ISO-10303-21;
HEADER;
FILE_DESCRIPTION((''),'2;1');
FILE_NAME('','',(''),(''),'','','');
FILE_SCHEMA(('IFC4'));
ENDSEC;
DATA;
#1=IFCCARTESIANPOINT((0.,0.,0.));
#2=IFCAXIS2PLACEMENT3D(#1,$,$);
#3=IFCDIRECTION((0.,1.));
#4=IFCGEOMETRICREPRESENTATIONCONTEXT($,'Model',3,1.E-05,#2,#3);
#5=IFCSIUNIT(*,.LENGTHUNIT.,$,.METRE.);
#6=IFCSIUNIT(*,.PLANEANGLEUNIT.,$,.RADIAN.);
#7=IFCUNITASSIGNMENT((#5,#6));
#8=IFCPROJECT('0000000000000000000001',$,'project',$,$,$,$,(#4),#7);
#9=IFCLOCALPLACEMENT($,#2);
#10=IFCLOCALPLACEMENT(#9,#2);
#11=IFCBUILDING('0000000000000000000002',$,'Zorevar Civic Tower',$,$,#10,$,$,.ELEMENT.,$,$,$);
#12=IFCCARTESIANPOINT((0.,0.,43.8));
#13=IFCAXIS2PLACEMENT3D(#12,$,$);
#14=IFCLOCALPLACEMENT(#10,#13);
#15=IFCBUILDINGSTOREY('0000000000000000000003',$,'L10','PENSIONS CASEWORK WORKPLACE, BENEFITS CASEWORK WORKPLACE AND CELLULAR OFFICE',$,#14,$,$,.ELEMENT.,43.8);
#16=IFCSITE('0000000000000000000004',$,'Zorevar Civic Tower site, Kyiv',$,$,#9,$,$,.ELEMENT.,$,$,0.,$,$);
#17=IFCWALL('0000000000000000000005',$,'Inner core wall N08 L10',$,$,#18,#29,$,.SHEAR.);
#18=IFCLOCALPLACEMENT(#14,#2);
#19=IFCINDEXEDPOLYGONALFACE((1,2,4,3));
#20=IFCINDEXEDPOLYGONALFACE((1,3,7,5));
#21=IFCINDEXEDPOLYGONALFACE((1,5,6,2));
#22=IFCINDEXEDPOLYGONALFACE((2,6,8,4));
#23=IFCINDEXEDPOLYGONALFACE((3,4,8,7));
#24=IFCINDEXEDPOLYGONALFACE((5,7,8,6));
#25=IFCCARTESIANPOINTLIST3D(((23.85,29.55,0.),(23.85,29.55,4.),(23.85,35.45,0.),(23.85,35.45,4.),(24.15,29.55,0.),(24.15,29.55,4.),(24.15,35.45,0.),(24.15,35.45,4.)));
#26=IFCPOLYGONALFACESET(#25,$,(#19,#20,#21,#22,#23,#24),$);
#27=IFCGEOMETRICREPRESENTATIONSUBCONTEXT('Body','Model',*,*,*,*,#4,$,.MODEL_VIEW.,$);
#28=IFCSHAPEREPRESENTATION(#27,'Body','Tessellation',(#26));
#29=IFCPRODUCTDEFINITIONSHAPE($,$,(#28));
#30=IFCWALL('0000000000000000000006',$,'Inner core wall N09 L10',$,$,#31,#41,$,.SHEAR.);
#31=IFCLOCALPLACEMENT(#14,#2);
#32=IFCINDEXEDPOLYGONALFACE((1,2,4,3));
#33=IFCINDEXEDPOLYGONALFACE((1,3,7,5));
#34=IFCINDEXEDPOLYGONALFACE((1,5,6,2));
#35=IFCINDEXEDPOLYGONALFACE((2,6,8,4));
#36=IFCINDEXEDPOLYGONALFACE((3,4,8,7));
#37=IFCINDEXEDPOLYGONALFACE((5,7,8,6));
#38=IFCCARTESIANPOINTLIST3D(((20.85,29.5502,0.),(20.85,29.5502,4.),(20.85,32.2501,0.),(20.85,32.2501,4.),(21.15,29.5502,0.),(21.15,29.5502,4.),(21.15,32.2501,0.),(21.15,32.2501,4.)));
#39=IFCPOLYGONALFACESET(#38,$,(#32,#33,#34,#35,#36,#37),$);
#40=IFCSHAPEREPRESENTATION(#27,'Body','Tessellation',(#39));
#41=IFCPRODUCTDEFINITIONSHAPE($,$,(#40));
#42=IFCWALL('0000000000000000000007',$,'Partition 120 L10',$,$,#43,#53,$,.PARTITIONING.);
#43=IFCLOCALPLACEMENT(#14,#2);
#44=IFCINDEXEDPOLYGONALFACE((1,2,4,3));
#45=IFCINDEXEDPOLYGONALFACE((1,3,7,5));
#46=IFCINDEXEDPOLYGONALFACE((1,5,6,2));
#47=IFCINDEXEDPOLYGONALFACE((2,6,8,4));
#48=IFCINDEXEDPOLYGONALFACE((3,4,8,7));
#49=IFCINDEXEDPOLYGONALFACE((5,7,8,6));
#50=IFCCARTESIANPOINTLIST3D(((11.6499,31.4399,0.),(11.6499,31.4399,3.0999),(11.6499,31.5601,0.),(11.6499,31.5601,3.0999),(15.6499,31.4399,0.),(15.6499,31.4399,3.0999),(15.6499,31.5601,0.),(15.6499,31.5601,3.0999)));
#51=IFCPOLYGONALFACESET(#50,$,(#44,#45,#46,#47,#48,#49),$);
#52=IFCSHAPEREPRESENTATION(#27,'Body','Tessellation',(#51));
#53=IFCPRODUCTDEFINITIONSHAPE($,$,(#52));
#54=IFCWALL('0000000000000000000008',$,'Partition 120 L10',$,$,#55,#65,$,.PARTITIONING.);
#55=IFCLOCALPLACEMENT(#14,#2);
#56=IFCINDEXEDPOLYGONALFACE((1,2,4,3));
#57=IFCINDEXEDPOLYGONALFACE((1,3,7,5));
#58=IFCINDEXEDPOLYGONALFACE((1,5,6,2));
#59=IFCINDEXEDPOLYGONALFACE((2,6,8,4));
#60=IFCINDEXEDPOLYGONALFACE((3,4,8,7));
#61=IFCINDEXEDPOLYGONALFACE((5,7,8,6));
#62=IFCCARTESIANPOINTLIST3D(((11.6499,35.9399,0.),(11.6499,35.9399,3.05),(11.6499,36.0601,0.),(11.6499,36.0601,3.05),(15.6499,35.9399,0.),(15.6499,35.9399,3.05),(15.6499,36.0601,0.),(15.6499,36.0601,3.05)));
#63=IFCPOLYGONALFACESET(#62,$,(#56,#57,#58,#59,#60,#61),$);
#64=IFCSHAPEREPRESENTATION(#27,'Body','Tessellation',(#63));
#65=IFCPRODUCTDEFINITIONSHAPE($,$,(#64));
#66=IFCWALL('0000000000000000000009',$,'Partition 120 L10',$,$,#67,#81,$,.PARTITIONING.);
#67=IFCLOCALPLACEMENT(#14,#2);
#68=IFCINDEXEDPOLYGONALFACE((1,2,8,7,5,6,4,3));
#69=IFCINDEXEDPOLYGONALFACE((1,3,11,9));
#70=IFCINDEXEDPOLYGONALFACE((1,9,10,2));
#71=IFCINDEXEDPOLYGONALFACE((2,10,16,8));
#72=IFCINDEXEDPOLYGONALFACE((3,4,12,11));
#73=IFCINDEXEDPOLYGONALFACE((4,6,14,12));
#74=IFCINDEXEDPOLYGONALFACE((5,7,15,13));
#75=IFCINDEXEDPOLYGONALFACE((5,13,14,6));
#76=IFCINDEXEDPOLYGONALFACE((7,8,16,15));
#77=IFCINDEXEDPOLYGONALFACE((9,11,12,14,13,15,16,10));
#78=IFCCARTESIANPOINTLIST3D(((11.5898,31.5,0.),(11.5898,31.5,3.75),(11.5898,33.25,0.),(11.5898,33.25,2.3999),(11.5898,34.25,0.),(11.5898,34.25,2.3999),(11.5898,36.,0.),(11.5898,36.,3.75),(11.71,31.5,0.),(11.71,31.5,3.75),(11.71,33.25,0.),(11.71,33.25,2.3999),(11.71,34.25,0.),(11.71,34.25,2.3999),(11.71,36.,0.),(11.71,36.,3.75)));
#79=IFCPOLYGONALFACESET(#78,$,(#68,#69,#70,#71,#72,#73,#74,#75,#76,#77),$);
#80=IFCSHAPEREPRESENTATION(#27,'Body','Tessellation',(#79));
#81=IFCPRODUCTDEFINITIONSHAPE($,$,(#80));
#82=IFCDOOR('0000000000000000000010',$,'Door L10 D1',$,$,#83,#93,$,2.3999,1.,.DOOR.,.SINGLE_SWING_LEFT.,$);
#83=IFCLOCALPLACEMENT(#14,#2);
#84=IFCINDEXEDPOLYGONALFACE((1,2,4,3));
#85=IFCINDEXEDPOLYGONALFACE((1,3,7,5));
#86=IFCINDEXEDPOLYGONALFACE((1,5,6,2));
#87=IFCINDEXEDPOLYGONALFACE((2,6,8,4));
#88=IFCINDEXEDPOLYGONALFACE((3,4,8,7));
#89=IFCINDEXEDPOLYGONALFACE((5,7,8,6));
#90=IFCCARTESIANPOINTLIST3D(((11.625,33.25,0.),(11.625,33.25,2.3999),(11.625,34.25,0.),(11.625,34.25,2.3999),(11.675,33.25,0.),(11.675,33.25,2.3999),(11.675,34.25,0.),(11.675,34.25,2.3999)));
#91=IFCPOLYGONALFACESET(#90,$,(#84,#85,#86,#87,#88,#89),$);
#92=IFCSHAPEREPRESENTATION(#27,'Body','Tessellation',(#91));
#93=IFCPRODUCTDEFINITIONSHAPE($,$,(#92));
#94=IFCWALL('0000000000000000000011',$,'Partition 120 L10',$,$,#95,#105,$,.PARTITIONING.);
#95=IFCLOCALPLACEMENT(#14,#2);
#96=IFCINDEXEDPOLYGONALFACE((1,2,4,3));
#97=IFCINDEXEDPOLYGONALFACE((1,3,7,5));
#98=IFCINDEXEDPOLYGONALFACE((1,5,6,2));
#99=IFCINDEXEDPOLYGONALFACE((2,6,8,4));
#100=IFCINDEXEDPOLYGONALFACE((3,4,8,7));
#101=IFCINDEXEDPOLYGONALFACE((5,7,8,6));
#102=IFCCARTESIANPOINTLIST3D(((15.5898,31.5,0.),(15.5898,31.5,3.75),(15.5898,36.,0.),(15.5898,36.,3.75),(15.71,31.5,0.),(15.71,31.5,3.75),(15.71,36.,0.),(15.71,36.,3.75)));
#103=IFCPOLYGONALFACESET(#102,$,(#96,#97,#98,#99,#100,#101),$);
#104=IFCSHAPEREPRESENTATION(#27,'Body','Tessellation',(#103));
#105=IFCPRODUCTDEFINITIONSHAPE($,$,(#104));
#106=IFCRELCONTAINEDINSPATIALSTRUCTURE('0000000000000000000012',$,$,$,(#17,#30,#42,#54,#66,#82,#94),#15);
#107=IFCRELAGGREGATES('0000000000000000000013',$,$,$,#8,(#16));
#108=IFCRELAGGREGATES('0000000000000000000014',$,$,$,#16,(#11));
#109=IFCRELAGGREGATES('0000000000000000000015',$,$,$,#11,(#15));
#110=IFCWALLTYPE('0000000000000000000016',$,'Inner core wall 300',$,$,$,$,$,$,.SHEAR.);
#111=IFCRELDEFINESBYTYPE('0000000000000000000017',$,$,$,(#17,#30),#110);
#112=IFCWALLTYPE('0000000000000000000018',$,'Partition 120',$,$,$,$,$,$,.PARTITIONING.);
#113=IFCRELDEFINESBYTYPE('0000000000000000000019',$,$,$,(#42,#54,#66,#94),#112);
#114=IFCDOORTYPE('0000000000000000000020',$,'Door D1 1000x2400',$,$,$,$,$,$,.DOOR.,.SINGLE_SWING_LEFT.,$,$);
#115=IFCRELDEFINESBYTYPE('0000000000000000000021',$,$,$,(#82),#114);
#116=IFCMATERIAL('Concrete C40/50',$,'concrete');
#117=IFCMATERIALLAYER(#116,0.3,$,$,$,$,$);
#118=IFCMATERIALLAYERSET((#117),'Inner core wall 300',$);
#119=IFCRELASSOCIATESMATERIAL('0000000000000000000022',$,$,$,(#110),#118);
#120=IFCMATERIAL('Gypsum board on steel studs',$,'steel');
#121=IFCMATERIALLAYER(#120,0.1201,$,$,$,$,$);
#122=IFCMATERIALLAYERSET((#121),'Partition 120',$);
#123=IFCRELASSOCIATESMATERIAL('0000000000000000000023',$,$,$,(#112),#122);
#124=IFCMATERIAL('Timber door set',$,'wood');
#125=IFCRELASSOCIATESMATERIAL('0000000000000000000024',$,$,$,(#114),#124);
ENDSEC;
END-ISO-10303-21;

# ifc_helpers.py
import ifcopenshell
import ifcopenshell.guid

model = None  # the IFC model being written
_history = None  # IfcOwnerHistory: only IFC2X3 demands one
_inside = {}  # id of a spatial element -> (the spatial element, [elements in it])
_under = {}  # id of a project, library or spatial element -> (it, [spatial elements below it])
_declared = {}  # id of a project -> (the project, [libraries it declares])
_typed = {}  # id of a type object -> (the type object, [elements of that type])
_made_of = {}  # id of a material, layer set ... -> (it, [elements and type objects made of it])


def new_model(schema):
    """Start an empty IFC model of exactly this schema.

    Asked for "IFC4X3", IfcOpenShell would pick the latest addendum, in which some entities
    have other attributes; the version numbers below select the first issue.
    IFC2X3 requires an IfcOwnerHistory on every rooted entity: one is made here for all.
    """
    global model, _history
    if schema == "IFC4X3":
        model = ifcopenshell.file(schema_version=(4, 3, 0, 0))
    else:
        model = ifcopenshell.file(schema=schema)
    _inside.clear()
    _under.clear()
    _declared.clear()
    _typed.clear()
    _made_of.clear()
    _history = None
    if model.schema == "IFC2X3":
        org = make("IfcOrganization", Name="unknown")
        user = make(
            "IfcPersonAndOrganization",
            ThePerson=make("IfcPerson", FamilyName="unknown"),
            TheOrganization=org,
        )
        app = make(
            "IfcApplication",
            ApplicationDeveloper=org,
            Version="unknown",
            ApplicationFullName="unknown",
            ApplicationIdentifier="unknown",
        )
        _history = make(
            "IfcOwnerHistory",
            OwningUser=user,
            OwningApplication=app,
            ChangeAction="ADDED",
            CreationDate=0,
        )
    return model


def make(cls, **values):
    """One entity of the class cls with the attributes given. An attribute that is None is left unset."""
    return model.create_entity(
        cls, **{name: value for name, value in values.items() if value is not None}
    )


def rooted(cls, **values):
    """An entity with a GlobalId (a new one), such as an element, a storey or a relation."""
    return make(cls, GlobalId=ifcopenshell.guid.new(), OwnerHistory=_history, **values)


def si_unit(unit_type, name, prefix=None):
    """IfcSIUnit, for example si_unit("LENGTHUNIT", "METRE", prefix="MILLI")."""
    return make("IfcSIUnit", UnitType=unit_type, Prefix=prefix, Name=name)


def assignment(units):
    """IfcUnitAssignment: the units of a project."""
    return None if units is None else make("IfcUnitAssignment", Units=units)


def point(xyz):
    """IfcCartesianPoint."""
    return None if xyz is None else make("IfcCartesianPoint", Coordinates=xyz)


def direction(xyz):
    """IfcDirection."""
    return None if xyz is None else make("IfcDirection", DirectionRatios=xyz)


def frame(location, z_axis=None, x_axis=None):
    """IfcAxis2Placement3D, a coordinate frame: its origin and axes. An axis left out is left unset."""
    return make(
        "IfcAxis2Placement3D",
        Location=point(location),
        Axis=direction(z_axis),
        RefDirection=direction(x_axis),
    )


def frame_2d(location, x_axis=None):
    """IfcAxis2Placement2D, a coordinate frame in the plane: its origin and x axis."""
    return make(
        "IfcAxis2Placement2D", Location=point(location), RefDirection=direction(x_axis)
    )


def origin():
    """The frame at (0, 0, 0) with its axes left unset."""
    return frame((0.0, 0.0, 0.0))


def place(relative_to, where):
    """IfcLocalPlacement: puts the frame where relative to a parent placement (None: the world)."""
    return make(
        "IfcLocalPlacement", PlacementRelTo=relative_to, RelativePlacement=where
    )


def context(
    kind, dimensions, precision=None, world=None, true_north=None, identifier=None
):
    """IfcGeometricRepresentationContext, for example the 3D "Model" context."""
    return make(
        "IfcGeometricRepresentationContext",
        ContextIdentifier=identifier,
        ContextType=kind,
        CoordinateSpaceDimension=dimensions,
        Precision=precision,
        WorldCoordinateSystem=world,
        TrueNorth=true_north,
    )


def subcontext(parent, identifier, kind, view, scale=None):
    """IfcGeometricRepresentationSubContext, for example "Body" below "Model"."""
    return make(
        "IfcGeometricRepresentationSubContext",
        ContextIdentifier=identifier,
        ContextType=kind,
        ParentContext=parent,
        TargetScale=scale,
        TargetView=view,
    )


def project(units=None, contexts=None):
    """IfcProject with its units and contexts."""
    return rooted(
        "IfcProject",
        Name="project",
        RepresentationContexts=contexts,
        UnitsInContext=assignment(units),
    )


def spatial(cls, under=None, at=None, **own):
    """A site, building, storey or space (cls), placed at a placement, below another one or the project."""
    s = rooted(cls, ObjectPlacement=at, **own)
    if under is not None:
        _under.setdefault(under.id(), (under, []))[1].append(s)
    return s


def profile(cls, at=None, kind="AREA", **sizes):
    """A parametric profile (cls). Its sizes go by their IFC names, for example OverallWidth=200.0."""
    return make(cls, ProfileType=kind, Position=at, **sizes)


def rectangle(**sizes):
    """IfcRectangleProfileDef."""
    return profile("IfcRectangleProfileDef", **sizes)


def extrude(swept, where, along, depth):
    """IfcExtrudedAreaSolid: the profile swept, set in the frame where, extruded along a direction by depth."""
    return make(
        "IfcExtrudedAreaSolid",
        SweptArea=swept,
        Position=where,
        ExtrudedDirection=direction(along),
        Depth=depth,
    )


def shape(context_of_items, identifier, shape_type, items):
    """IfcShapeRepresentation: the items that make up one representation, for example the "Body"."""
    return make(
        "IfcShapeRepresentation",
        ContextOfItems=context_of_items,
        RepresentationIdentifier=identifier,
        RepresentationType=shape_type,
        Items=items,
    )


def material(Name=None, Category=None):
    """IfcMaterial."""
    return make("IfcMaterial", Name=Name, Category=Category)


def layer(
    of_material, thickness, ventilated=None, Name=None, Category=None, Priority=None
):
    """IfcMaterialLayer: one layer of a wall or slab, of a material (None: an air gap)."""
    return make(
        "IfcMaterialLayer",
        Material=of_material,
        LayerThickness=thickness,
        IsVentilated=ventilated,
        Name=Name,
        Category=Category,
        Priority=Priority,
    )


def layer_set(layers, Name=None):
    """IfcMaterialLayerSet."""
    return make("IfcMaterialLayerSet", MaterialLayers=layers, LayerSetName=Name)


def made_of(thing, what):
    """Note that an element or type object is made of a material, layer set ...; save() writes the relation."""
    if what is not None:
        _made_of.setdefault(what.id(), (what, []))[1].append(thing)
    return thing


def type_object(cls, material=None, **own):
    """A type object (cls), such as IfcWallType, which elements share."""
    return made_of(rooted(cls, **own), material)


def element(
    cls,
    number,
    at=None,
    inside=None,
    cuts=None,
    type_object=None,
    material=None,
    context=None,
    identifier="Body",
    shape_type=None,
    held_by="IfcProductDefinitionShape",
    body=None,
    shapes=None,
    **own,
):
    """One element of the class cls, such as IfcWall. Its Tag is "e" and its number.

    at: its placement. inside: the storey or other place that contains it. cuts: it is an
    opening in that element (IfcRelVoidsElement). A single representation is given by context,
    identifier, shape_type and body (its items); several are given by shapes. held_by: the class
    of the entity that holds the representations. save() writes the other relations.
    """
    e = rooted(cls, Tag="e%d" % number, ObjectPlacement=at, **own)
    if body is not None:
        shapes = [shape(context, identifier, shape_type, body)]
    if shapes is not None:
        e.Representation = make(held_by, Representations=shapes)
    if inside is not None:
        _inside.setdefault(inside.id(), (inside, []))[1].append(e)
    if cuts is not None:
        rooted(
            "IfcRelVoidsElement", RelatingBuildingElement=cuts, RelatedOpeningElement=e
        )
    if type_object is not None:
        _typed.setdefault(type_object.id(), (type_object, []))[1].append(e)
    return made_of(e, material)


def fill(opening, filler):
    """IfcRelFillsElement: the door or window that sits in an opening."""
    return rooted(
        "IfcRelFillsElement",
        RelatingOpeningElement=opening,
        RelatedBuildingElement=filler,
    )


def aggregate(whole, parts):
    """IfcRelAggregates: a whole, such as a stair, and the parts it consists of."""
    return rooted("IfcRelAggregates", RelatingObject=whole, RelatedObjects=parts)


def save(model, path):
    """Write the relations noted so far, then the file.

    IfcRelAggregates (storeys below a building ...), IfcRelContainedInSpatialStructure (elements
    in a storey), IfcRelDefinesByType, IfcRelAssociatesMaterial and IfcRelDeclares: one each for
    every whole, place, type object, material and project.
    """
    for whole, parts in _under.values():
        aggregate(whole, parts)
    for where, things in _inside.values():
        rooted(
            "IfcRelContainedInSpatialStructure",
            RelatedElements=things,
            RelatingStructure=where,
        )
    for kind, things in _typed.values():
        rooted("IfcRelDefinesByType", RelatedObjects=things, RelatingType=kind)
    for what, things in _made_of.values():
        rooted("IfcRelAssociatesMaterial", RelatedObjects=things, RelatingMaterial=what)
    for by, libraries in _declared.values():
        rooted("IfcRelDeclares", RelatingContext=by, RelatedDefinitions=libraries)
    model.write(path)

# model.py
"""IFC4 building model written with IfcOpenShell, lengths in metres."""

from ifc_helpers import new_model, si_unit, direction, frame, frame_2d, origin, place, context, subcontext, project, spatial, rectangle, extrude, material, layer, layer_set, type_object, element, fill, save


model = new_model("IFC4")

# Units and contexts
model_context = context("Model", 3, precision=1e-05, world=origin(), true_north=direction((0.0, 1.0)))
body_context = subcontext(model_context, "Body", "Model", "MODEL_VIEW")
ifc_project = project(units=[si_unit("LENGTHUNIT", "METRE"), si_unit("PLANEANGLEUNIT", "RADIAN")], contexts=[model_context])

# Site, building, storey
site_placement = place(None, origin())
site = spatial("IfcSite", under=ifc_project, at=site_placement, Name="Zorevar Civic Tower site, Kyiv", CompositionType="ELEMENT", RefElevation=0.0)
building_placement = place(site_placement, origin())
building = spatial("IfcBuilding", under=site, at=building_placement, Name="Zorevar Civic Tower", CompositionType="ELEMENT")
storey_placement = place(building_placement, frame((0.0, 0.0, 43.8)))
storey = spatial("IfcBuildingStorey", under=building, at=storey_placement, Name="L10", Description="PENSIONS CASEWORK WORKPLACE, BENEFITS CASEWORK WORKPLACE AND CELLULAR OFFICE", CompositionType="ELEMENT", Elevation=43.8)

# Shared definitions
ifc_material_1 = material(Name="Concrete C40/50", Category="concrete")
ifc_layer_1 = layer(ifc_material_1, 0.3)
ifc_layer_set_1 = layer_set([ifc_layer_1], Name="Inner core wall 300")
wall_type_1 = type_object("IfcWallType", Name="Inner core wall 300", PredefinedType="SHEAR", material=ifc_layer_set_1)

# Walls
wall_1_placement = place(storey_placement, frame((24.0, 29.55, 0.0), z_axis=(0.0, 0.0, 1.0), x_axis=(0.0, 1.0, 0.0)))
element("IfcWall", 1, at=wall_1_placement, inside=storey, type_object=wall_type_1, Name="Inner core wall N08 L10", PredefinedType="SHEAR", context=body_context, shape_type="SweptSolid", body=[
    extrude(rectangle(XDim=5.8999, YDim=0.3, at=frame_2d((2.95, 0.0))), origin(), (0.0, 0.0, 1.0), 4.0),
])
wall_2_placement = place(storey_placement, frame((21.0, 29.55, 0.0), z_axis=(0.0, 0.0, 1.0), x_axis=(0.0, 1.0, 0.0)))
element("IfcWall", 2, at=wall_2_placement, inside=storey, type_object=wall_type_1, Name="Inner core wall N09 L10", PredefinedType="SHEAR", context=body_context, shape_type="SweptSolid", body=[
    extrude(rectangle(XDim=2.7, YDim=0.3, at=frame_2d((1.3501, 0.0))), origin(), (0.0, 0.0, 1.0), 4.0),
])
ifc_material_2 = material(Name="Gypsum board on steel studs", Category="steel")
ifc_layer_2 = layer(ifc_material_2, 0.1201)
ifc_layer_set_2 = layer_set([ifc_layer_2], Name="Partition 120")
wall_type_2 = type_object("IfcWallType", Name="Partition 120", PredefinedType="PARTITIONING", material=ifc_layer_set_2)
wall_3_placement = place(storey_placement, frame((11.6499, 31.5, 0.0), z_axis=(0.0, 0.0, 1.0), x_axis=(1.0, 0.0, 0.0)))
element("IfcWall", 3, at=wall_3_placement, inside=storey, type_object=wall_type_2, Name="Partition 120 L10", PredefinedType="PARTITIONING", context=body_context, shape_type="SweptSolid", body=[
    extrude(rectangle(XDim=4.0, YDim=0.1201, at=frame_2d((2.0, 0.0))), origin(), (0.0, 0.0, 1.0), 3.0999),
])
wall_4_placement = place(storey_placement, frame((11.6499, 36.0, 0.0), z_axis=(0.0, 0.0, 1.0), x_axis=(1.0, 0.0, 0.0)))
element("IfcWall", 4, at=wall_4_placement, inside=storey, type_object=wall_type_2, Name="Partition 120 L10", PredefinedType="PARTITIONING", context=body_context, shape_type="SweptSolid", body=[
    extrude(rectangle(XDim=4.0, YDim=0.1201, at=frame_2d((2.0, 0.0))), origin(), (0.0, 0.0, 1.0), 3.05),
])

# Wall, opening, door
wall_5_placement = place(storey_placement, frame((11.6499, 31.5, 0.0), z_axis=(0.0, 0.0, 1.0), x_axis=(0.0, 1.0, 0.0)))
wall_5 = element("IfcWall", 5, at=wall_5_placement, inside=storey, type_object=wall_type_2, Name="Partition 120 L10", PredefinedType="PARTITIONING", context=body_context, shape_type="SweptSolid", body=[
    extrude(rectangle(XDim=4.5, YDim=0.1201, at=frame_2d((2.25, 0.0))), origin(), (0.0, 0.0, 1.0), 3.75),
])
opening_1_placement = place(wall_5_placement, frame((1.75, 0.0, 0.0)))
opening_1 = element("IfcOpeningElement", 6, at=opening_1_placement, cuts=wall_5, PredefinedType="OPENING", context=body_context, shape_type="SweptSolid", body=[
    extrude(rectangle(XDim=1.0, YDim=2.3999, at=frame_2d((0.5, 1.2))), frame((0.0, 0.0701, 0.0), z_axis=(0.0, -1.0, 0.0), x_axis=(1.0, 0.0, 0.0)), (0.0, 0.0, 1.0), 0.1401),
])
ifc_material_3 = material(Name="Timber door set", Category="wood")
door_type_1 = type_object("IfcDoorType", Name="Door D1 1000x2400", OperationType="SINGLE_SWING_LEFT", PredefinedType="DOOR", material=ifc_material_3)
door_1_placement = place(opening_1_placement, origin())
door_1 = element("IfcDoor", 7, at=door_1_placement, inside=storey, type_object=door_type_1, Name="Door L10 D1", OperationType="SINGLE_SWING_LEFT", OverallHeight=2.3999, OverallWidth=1.0, PredefinedType="DOOR", context=body_context, shape_type="SweptSolid", body=[
    extrude(rectangle(XDim=1.0, YDim=2.3999, at=frame_2d((0.5, 1.2))), frame((0.0, 0.0249, 0.0), z_axis=(0.0, -1.0, 0.0), x_axis=(1.0, 0.0, 0.0)), (0.0, 0.0, 1.0), 0.05),
])
fill(opening_1, door_1)

# Wall
wall_6_placement = place(storey_placement, frame((15.6499, 31.5, 0.0), z_axis=(0.0, 0.0, 1.0), x_axis=(0.0, 1.0, 0.0)))
element("IfcWall", 8, at=wall_6_placement, inside=storey, type_object=wall_type_2, Name="Partition 120 L10", PredefinedType="PARTITIONING", context=body_context, shape_type="SweptSolid", body=[
    extrude(rectangle(XDim=4.5, YDim=0.1201, at=frame_2d((2.25, 0.0))), origin(), (0.0, 0.0, 1.0), 3.75),
])

save(model, "model.ifc")
